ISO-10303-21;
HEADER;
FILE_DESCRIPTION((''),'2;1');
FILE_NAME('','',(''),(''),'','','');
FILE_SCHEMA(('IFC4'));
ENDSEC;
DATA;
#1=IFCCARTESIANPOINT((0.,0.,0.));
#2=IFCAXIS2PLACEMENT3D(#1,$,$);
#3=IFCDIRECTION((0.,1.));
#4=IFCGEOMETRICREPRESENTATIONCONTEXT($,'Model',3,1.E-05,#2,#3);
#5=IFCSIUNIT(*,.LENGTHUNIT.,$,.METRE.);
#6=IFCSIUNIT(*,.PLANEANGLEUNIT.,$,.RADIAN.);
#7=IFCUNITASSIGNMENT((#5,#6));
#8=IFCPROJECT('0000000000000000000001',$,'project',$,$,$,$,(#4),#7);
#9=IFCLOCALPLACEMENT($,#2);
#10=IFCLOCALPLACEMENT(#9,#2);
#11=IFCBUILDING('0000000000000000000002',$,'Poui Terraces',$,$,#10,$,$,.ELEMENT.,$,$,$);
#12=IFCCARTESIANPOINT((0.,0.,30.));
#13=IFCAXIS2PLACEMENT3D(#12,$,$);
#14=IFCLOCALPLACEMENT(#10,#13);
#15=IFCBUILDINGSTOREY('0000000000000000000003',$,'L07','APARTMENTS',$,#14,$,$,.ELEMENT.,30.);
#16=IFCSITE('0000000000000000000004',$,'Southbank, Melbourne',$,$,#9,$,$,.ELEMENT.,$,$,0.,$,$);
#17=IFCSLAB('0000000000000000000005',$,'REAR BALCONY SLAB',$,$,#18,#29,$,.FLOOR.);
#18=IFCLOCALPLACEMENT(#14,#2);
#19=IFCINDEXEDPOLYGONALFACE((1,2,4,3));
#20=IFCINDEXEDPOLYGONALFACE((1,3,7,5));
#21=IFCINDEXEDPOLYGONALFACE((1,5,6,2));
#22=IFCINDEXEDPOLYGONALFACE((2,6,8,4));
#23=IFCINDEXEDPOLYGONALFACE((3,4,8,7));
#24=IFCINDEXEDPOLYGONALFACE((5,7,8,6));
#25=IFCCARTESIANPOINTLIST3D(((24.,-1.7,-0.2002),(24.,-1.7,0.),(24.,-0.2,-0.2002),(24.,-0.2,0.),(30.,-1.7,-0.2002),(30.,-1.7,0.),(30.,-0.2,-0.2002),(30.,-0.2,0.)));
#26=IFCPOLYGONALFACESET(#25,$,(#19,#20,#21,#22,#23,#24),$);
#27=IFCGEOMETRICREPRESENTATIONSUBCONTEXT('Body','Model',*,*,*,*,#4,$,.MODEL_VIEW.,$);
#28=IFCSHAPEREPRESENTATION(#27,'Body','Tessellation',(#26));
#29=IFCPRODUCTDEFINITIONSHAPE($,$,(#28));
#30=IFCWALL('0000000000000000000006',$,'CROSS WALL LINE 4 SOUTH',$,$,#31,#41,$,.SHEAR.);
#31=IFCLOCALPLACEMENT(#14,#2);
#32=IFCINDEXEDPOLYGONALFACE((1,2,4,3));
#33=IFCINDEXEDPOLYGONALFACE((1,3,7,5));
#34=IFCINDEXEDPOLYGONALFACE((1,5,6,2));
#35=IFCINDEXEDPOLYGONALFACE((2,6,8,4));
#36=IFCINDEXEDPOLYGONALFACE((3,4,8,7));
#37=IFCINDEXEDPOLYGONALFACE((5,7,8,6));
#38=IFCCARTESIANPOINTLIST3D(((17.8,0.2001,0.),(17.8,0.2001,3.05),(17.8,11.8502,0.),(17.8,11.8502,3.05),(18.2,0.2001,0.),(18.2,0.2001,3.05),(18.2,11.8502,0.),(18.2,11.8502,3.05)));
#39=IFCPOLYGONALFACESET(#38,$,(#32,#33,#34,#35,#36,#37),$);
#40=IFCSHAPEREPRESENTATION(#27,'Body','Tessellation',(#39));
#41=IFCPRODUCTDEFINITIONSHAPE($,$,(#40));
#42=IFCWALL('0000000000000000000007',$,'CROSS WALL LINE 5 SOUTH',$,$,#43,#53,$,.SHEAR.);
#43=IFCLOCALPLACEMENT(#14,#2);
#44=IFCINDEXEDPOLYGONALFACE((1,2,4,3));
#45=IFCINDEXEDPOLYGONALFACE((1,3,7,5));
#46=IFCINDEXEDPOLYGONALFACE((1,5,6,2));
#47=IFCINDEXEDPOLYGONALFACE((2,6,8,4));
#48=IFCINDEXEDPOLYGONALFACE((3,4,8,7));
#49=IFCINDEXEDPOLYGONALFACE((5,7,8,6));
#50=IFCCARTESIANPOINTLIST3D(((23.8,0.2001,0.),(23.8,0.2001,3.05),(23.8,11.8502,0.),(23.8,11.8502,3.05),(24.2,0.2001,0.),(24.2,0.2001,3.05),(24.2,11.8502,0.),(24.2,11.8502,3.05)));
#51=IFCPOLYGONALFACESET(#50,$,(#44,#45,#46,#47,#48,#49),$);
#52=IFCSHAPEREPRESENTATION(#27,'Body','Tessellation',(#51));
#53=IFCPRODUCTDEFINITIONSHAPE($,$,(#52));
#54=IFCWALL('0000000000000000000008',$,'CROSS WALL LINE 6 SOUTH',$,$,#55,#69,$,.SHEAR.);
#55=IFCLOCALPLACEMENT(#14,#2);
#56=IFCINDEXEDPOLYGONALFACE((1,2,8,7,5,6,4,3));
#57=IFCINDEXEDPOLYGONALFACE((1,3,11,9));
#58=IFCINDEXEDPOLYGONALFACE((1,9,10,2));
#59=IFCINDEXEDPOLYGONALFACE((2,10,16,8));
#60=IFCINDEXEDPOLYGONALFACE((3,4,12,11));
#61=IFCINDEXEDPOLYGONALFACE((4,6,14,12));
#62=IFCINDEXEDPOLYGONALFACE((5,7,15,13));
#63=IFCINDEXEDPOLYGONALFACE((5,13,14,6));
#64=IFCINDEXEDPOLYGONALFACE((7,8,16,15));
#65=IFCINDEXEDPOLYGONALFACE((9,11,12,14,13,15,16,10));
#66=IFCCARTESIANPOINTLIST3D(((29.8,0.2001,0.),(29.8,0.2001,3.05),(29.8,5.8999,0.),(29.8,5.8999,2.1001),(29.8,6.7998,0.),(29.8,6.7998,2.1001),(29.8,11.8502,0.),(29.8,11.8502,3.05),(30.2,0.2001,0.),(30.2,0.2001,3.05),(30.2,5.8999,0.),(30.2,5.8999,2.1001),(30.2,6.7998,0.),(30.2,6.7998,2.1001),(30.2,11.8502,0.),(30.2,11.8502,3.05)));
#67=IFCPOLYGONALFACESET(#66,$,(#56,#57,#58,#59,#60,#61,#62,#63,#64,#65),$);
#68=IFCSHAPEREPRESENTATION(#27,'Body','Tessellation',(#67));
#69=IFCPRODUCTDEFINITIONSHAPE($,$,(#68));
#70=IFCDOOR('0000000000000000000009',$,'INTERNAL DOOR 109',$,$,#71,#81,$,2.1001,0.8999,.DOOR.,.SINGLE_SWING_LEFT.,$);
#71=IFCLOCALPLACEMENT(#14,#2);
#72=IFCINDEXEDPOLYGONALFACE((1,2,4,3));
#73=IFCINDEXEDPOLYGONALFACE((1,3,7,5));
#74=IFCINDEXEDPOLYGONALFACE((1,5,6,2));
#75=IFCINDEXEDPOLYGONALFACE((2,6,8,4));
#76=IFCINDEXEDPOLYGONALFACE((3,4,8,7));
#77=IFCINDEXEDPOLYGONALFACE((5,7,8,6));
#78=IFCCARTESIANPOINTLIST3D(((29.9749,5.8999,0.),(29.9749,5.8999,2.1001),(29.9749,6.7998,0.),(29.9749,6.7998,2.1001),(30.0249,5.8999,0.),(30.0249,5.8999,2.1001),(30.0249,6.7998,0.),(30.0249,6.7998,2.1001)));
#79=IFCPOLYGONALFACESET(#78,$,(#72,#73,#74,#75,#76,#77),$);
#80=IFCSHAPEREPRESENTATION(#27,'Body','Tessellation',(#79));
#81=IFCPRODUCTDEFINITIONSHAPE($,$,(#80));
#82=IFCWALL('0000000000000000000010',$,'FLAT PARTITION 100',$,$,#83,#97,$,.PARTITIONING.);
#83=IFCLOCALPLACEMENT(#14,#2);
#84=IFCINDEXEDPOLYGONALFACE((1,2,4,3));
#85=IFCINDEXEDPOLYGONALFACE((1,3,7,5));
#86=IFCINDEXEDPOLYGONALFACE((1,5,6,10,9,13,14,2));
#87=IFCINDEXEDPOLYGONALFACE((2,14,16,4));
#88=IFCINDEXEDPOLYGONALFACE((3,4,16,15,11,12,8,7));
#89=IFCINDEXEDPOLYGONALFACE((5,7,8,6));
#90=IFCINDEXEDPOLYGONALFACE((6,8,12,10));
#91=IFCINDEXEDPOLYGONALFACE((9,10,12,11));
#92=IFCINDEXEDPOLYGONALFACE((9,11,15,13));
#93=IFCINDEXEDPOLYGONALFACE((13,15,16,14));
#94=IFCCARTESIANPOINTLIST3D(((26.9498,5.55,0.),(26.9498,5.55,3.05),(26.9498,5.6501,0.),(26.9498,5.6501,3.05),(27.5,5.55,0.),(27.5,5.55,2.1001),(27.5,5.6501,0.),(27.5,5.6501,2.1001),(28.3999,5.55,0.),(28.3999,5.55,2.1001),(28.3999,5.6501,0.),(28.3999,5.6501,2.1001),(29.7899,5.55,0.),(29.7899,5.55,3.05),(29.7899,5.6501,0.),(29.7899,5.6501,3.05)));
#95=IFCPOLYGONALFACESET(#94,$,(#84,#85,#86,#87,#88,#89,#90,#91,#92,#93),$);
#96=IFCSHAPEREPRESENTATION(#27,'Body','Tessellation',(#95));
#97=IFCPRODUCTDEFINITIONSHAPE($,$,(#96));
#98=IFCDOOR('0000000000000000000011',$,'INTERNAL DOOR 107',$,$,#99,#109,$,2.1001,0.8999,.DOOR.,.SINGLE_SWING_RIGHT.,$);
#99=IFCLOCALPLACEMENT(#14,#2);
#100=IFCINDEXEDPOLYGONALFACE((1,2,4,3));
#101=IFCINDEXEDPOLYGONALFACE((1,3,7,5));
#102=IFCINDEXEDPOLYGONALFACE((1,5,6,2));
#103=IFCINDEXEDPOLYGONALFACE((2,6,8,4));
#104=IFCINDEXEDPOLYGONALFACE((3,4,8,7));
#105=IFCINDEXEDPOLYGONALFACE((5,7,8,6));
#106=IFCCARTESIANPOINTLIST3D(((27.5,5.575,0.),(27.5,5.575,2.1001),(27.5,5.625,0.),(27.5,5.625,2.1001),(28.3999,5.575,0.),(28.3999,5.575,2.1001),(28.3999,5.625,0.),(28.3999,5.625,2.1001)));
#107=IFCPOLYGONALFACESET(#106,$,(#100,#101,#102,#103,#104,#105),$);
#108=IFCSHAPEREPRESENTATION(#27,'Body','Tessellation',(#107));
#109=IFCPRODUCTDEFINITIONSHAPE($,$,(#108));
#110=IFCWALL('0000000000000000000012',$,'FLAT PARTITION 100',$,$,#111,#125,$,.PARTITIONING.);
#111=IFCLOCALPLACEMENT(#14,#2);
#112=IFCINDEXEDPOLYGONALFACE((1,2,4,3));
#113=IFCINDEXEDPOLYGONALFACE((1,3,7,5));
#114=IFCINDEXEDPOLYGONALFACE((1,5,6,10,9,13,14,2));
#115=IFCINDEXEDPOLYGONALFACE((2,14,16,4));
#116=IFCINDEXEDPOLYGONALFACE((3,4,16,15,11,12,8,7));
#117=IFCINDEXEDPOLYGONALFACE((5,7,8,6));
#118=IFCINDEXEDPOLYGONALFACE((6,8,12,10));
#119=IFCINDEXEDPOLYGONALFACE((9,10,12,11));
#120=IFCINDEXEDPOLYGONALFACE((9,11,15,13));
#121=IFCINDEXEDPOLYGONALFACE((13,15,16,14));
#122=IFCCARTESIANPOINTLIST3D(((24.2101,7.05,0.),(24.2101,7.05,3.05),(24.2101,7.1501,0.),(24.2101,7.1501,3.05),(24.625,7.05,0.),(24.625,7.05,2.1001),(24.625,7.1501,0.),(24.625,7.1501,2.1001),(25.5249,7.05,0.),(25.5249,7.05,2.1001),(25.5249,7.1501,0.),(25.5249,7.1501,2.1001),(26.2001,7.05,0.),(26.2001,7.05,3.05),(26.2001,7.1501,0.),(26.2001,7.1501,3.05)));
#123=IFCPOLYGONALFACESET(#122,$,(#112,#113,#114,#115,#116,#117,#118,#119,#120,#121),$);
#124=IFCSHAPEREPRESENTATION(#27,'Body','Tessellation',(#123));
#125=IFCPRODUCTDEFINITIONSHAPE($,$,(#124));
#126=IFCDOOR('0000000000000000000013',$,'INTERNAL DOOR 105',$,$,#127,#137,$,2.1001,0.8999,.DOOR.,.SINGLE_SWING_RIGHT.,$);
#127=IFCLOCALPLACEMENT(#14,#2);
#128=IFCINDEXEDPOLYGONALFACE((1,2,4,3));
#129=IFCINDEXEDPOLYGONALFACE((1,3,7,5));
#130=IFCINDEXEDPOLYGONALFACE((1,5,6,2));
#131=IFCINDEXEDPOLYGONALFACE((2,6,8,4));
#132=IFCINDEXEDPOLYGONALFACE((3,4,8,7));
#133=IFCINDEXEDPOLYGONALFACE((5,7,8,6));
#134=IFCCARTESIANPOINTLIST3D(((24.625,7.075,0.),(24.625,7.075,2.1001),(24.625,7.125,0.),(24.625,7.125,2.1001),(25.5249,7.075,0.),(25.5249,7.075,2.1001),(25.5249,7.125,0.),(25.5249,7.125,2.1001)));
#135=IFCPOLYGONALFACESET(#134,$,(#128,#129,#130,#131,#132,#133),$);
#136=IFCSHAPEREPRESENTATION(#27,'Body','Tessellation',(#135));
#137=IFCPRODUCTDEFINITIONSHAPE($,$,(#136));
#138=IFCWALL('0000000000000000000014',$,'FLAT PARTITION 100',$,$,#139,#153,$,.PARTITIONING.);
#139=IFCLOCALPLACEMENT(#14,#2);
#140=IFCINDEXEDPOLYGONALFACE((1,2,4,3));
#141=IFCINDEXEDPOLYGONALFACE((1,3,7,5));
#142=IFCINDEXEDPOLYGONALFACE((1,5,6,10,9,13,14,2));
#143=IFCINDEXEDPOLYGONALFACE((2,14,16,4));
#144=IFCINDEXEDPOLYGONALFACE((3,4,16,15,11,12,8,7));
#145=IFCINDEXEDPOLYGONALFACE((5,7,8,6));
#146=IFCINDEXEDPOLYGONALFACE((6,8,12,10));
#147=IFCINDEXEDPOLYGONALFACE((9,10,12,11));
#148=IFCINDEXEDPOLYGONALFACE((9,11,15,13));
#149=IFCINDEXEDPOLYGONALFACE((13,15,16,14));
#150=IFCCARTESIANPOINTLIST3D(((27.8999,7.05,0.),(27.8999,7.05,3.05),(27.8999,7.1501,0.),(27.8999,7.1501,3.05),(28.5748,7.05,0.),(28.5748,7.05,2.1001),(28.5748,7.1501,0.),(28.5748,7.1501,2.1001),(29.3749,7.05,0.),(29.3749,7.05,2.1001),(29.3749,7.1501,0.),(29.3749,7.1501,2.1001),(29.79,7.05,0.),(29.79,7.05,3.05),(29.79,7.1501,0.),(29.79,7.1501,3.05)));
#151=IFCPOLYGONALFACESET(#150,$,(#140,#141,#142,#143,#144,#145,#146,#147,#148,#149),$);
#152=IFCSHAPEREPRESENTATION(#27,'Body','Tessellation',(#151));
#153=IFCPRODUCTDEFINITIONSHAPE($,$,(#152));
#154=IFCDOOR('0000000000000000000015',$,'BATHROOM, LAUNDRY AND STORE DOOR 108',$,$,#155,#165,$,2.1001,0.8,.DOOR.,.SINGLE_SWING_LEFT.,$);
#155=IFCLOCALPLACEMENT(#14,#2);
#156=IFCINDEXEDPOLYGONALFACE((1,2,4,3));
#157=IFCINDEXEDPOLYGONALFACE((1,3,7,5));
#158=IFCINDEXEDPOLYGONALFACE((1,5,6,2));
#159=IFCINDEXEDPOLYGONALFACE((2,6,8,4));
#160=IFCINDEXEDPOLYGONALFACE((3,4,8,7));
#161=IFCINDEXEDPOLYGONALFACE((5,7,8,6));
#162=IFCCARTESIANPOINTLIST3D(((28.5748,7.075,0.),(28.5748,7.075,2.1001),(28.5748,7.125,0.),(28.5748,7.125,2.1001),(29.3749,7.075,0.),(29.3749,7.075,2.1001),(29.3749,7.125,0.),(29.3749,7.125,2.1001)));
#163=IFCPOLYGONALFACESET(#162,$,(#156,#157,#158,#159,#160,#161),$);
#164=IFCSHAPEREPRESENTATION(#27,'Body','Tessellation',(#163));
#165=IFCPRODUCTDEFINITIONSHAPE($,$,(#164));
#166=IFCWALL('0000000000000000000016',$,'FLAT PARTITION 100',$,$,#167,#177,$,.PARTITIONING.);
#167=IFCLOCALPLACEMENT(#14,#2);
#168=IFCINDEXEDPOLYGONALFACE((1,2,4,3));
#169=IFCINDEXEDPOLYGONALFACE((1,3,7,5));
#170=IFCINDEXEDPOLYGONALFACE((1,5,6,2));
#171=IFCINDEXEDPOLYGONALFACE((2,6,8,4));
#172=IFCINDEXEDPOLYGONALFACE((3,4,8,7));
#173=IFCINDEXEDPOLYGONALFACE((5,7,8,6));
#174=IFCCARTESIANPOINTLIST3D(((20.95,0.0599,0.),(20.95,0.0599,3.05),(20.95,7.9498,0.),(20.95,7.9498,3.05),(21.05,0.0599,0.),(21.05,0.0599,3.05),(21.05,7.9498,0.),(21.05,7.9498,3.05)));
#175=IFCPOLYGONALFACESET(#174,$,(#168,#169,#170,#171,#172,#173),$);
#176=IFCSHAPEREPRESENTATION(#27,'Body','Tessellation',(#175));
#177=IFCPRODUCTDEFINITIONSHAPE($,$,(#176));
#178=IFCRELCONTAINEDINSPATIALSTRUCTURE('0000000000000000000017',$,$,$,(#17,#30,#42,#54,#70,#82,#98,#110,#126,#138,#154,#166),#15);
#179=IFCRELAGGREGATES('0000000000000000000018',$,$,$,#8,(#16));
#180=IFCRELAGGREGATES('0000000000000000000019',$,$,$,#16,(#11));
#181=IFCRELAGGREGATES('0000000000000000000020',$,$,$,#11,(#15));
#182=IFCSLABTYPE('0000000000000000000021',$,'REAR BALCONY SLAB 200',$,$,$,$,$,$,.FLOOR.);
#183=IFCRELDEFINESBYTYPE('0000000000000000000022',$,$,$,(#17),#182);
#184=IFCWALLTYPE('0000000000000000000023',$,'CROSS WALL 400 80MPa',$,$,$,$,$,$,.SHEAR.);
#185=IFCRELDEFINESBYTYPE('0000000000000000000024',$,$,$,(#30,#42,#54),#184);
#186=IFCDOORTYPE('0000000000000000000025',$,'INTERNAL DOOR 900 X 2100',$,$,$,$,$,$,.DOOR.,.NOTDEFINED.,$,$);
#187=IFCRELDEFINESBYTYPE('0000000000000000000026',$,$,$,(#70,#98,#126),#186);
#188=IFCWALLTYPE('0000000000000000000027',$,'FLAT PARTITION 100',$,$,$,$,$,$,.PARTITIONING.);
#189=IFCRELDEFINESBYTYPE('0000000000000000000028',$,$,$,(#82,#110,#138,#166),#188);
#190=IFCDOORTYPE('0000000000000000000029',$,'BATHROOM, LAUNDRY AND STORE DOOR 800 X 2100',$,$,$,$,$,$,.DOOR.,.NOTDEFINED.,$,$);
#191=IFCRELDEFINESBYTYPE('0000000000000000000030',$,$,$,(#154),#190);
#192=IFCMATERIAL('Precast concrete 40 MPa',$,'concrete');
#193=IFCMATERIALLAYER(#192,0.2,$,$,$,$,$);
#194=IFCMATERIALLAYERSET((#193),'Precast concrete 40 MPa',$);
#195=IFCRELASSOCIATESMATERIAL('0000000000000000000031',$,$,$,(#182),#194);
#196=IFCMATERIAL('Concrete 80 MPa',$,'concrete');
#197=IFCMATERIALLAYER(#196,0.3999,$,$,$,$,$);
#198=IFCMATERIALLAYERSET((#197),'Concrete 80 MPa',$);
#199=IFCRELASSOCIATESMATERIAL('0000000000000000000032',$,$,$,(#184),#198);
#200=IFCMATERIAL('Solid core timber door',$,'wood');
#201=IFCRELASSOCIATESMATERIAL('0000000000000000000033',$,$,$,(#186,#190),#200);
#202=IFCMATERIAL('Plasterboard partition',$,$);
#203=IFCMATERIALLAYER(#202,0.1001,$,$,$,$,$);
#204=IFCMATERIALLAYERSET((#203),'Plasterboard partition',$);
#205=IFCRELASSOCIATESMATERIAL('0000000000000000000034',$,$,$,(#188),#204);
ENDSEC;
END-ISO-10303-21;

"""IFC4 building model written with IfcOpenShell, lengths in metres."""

from ifc_helpers import new_model, si_unit, direction, frame, frame_2d, origin, place, context, subcontext, project, spatial, polyline, rectangle, outline, extrude, source, transform, mapped, material, layer, layer_set, type_object, element, fill, save


model = new_model("IFC4")

# Units and contexts
model_context = context("Model", 3, precision=1e-05, world=origin(), true_north=direction((0.0, 1.0)))
body_context = subcontext(model_context, "Body", "Model", "MODEL_VIEW")
ifc_project = project(units=[si_unit("LENGTHUNIT", "METRE"), si_unit("PLANEANGLEUNIT", "RADIAN")], contexts=[model_context])

# Site, building, storey
site_placement = place(None, origin())
site = spatial("IfcSite", under=ifc_project, at=site_placement, Name="Southbank, Melbourne", CompositionType="ELEMENT", RefElevation=0.0)
building_placement = place(site_placement, origin())
building = spatial("IfcBuilding", under=site, at=building_placement, Name="Poui Terraces", CompositionType="ELEMENT")
storey_placement = place(building_placement, frame((0.0, 0.0, 30.0)))
storey = spatial("IfcBuildingStorey", under=building, at=storey_placement, Name="L07", Description="APARTMENTS", CompositionType="ELEMENT", Elevation=30.0)

# Slab
ifc_material_1 = material(Name="Precast concrete 40 MPa", Category="concrete")
ifc_layer_1 = layer(ifc_material_1, 0.2)
ifc_layer_set_1 = layer_set([ifc_layer_1], Name="Precast concrete 40 MPa")
slab_type = type_object("IfcSlabType", Name="REAR BALCONY SLAB 200", PredefinedType="FLOOR", material=ifc_layer_set_1)
shared_shape_1 = source(origin(), body_context, "Body", "SweptSolid", [
    extrude(outline(polyline([(0.0, 0.0), (6.0, 0.0), (6.0, 1.5), (0.0, 1.5), (0.0, 0.0)])), origin(), (0.0, 0.0, 1.0), 0.2002),
])
slab_placement = place(storey_placement, frame((24.0, -1.7, -0.2002)))
element("IfcSlab", 1, at=slab_placement, inside=storey, type_object=slab_type, Name="REAR BALCONY SLAB", PredefinedType="FLOOR", context=body_context, shape_type="MappedRepresentation", body=[
    mapped(shared_shape_1, transform((0.0, 0.0, 0.0))),
])

# Walls
ifc_material_2 = material(Name="Concrete 80 MPa", Category="concrete")
ifc_layer_2 = layer(ifc_material_2, 0.3999)
ifc_layer_set_2 = layer_set([ifc_layer_2], Name="Concrete 80 MPa")
wall_type_1 = type_object("IfcWallType", Name="CROSS WALL 400 80MPa", PredefinedType="SHEAR", material=ifc_layer_set_2)
for number, where, z_axis, x_axis, name in (
    (2, (18.0, 0.2, 0.0), (0.0, 0.0, 1.0), (0.0, 1.0, 0.0), "CROSS WALL LINE 4 SOUTH"),
    (3, (24.0, 0.2, 0.0), (0.0, 0.0, 1.0), (0.0, 1.0, 0.0), "CROSS WALL LINE 5 SOUTH"),
):
    element("IfcWall", number, at=place(storey_placement, frame(where, z_axis=z_axis, x_axis=x_axis)), inside=storey, type_object=wall_type_1, Name=name, PredefinedType="SHEAR", context=body_context, shape_type="SweptSolid", body=[
        extrude(rectangle(XDim=11.6501, YDim=0.3999, at=frame_2d((5.8252, 0.0))), origin(), (0.0, 0.0, 1.0), 3.05),
    ])

# Walls, openings, doors
wall_1_placement = place(storey_placement, frame((30.0, 0.2, 0.0), z_axis=(0.0, 0.0, 1.0), x_axis=(0.0, 1.0, 0.0)))
wall_1 = element("IfcWall", 4, at=wall_1_placement, inside=storey, type_object=wall_type_1, Name="CROSS WALL LINE 6 SOUTH", PredefinedType="SHEAR", context=body_context, shape_type="SweptSolid", body=[
    extrude(rectangle(XDim=11.6501, YDim=0.3999, at=frame_2d((5.8252, 0.0))), origin(), (0.0, 0.0, 1.0), 3.05),
])
opening_1_placement = place(wall_1_placement, frame((5.7, 0.0, 0.0)))
opening_1 = element("IfcOpeningElement", 5, at=opening_1_placement, cuts=wall_1, PredefinedType="OPENING", context=body_context, shape_type="SweptSolid", body=[
    extrude(rectangle(XDim=0.8999, YDim=2.1001, at=frame_2d((0.45, 1.05))), frame((0.0, 0.21, 0.0), z_axis=(0.0, -1.0, 0.0), x_axis=(1.0, 0.0, 0.0)), (0.0, 0.0, 1.0), 0.4199),
])
ifc_material_3 = material(Name="Solid core timber door", Category="wood")
door_type_1 = type_object("IfcDoorType", Name="INTERNAL DOOR 900 X 2100", OperationType="NOTDEFINED", PredefinedType="DOOR", material=ifc_material_3)
door_1_placement = place(opening_1_placement, frame((0.8999, 0.0, 0.0), z_axis=(0.0, 0.0, 1.0), x_axis=(-1.0, 0.0, 0.0)))
door_1 = element("IfcDoor", 6, at=door_1_placement, inside=storey, type_object=door_type_1, Name="INTERNAL DOOR 109", OperationType="SINGLE_SWING_LEFT", OverallHeight=2.1001, OverallWidth=0.8999, PredefinedType="DOOR", context=body_context, shape_type="SweptSolid", body=[
    extrude(rectangle(XDim=0.8999, YDim=2.1001, at=frame_2d((0.45, 1.05))), frame((0.0, 0.0249, 0.0), z_axis=(0.0, -1.0, 0.0), x_axis=(1.0, 0.0, 0.0)), (0.0, 0.0, 1.0), 0.05),
])
fill(opening_1, door_1)
ifc_material_4 = material(Name="Plasterboard partition")
ifc_layer_3 = layer(ifc_material_4, 0.1001)
ifc_layer_set_3 = layer_set([ifc_layer_3], Name="Plasterboard partition")
wall_type_2 = type_object("IfcWallType", Name="FLAT PARTITION 100", PredefinedType="PARTITIONING", material=ifc_layer_set_3)
wall_2_placement = place(storey_placement, frame((26.95, 5.6001, 0.0), z_axis=(0.0, 0.0, 1.0), x_axis=(1.0, 0.0, 0.0)))
wall_2 = element("IfcWall", 7, at=wall_2_placement, inside=storey, type_object=wall_type_2, Name="FLAT PARTITION 100", PredefinedType="PARTITIONING", context=body_context, shape_type="SweptSolid", body=[
    extrude(rectangle(XDim=2.8401, YDim=0.1001, at=frame_2d((1.4199, 0.0))), origin(), (0.0, 0.0, 1.0), 3.05),
])
opening_2_placement = place(wall_2_placement, frame((0.55, 0.0, 0.0)))
opening_2 = element("IfcOpeningElement", 8, at=opening_2_placement, cuts=wall_2, PredefinedType="OPENING", context=body_context, shape_type="SweptSolid", body=[
    extrude(rectangle(XDim=0.8999, YDim=2.1001, at=frame_2d((0.45, 1.05))), frame((0.0, 0.0601, 0.0), z_axis=(0.0, -1.0, 0.0), x_axis=(1.0, 0.0, 0.0)), (0.0, 0.0, 1.0), 0.1201),
])
door_2_placement = place(opening_2_placement, origin())
door_2 = element("IfcDoor", 9, at=door_2_placement, inside=storey, type_object=door_type_1, Name="INTERNAL DOOR 107", OperationType="SINGLE_SWING_RIGHT", OverallHeight=2.1001, OverallWidth=0.8999, PredefinedType="DOOR", context=body_context, shape_type="SweptSolid", body=[
    extrude(rectangle(XDim=0.8999, YDim=2.1001, at=frame_2d((0.45, 1.05))), frame((0.0, 0.0249, 0.0), z_axis=(0.0, -1.0, 0.0), x_axis=(1.0, 0.0, 0.0)), (0.0, 0.0, 1.0), 0.05),
])
fill(opening_2, door_2)
wall_3_placement = place(storey_placement, frame((24.21, 7.1001, 0.0), z_axis=(0.0, 0.0, 1.0), x_axis=(1.0, 0.0, 0.0)))
wall_3 = element("IfcWall", 10, at=wall_3_placement, inside=storey, type_object=wall_type_2, Name="FLAT PARTITION 100", PredefinedType="PARTITIONING", context=body_context, shape_type="SweptSolid", body=[
    extrude(rectangle(XDim=1.99, YDim=0.1001, at=frame_2d((0.9951, 0.0))), origin(), (0.0, 0.0, 1.0), 3.05),
])
opening_3_placement = place(wall_3_placement, frame((0.415, 0.0, 0.0)))
opening_3 = element("IfcOpeningElement", 11, at=opening_3_placement, cuts=wall_3, PredefinedType="OPENING", context=body_context, shape_type="SweptSolid", body=[
    extrude(rectangle(XDim=0.8999, YDim=2.1001, at=frame_2d((0.45, 1.05))), frame((0.0, 0.0601, 0.0), z_axis=(0.0, -1.0, 0.0), x_axis=(1.0, 0.0, 0.0)), (0.0, 0.0, 1.0), 0.1201),
])
door_3_placement = place(opening_3_placement, origin())
door_3 = element("IfcDoor", 12, at=door_3_placement, inside=storey, type_object=door_type_1, Name="INTERNAL DOOR 105", OperationType="SINGLE_SWING_RIGHT", OverallHeight=2.1001, OverallWidth=0.8999, PredefinedType="DOOR", context=body_context, shape_type="SweptSolid", body=[
    extrude(rectangle(XDim=0.8999, YDim=2.1001, at=frame_2d((0.45, 1.05))), frame((0.0, 0.0249, 0.0), z_axis=(0.0, -1.0, 0.0), x_axis=(1.0, 0.0, 0.0)), (0.0, 0.0, 1.0), 0.05),
])
fill(opening_3, door_3)
wall_4_placement = place(storey_placement, frame((27.8999, 7.1001, 0.0), z_axis=(0.0, 0.0, 1.0), x_axis=(1.0, 0.0, 0.0)))
wall_4 = element("IfcWall", 13, at=wall_4_placement, inside=storey, type_object=wall_type_2, Name="FLAT PARTITION 100", PredefinedType="PARTITIONING", context=body_context, shape_type="SweptSolid", body=[
    extrude(rectangle(XDim=1.8901, YDim=0.1001, at=frame_2d((0.9451, 0.0))), origin(), (0.0, 0.0, 1.0), 3.05),
])
opening_4_placement = place(wall_4_placement, frame((0.675, 0.0, 0.0)))
opening_4 = element("IfcOpeningElement", 14, at=opening_4_placement, cuts=wall_4, PredefinedType="OPENING", context=body_context, shape_type="SweptSolid", body=[
    extrude(rectangle(XDim=0.8, YDim=2.1001, at=frame_2d((0.3999, 1.05))), frame((0.0, 0.0601, 0.0), z_axis=(0.0, -1.0, 0.0), x_axis=(1.0, 0.0, 0.0)), (0.0, 0.0, 1.0), 0.1201),
])
door_type_2 = type_object("IfcDoorType", Name="BATHROOM, LAUNDRY AND STORE DOOR 800 X 2100", OperationType="NOTDEFINED", PredefinedType="DOOR", material=ifc_material_3)
door_4_placement = place(opening_4_placement, origin())
door_4 = element("IfcDoor", 15, at=door_4_placement, inside=storey, type_object=door_type_2, Name="BATHROOM, LAUNDRY AND STORE DOOR 108", OperationType="SINGLE_SWING_LEFT", OverallHeight=2.1001, OverallWidth=0.8, PredefinedType="DOOR", context=body_context, shape_type="SweptSolid", body=[
    extrude(rectangle(XDim=0.8, YDim=2.1001, at=frame_2d((0.3999, 1.05))), frame((0.0, 0.0249, 0.0), z_axis=(0.0, -1.0, 0.0), x_axis=(1.0, 0.0, 0.0)), (0.0, 0.0, 1.0), 0.05),
])
fill(opening_4, door_4)

# Wall
wall_5_placement = place(storey_placement, frame((21.0, 0.0601, 0.0), z_axis=(0.0, 0.0, 1.0), x_axis=(0.0, 1.0, 0.0)))
element("IfcWall", 16, at=wall_5_placement, inside=storey, type_object=wall_type_2, Name="FLAT PARTITION 100", PredefinedType="PARTITIONING", context=body_context, shape_type="SweptSolid", body=[
    extrude(rectangle(XDim=7.8899, YDim=0.1001, at=frame_2d((3.9448, 0.0))), origin(), (0.0, 0.0, 1.0), 3.05),
])

save(model, "model.ifc")
